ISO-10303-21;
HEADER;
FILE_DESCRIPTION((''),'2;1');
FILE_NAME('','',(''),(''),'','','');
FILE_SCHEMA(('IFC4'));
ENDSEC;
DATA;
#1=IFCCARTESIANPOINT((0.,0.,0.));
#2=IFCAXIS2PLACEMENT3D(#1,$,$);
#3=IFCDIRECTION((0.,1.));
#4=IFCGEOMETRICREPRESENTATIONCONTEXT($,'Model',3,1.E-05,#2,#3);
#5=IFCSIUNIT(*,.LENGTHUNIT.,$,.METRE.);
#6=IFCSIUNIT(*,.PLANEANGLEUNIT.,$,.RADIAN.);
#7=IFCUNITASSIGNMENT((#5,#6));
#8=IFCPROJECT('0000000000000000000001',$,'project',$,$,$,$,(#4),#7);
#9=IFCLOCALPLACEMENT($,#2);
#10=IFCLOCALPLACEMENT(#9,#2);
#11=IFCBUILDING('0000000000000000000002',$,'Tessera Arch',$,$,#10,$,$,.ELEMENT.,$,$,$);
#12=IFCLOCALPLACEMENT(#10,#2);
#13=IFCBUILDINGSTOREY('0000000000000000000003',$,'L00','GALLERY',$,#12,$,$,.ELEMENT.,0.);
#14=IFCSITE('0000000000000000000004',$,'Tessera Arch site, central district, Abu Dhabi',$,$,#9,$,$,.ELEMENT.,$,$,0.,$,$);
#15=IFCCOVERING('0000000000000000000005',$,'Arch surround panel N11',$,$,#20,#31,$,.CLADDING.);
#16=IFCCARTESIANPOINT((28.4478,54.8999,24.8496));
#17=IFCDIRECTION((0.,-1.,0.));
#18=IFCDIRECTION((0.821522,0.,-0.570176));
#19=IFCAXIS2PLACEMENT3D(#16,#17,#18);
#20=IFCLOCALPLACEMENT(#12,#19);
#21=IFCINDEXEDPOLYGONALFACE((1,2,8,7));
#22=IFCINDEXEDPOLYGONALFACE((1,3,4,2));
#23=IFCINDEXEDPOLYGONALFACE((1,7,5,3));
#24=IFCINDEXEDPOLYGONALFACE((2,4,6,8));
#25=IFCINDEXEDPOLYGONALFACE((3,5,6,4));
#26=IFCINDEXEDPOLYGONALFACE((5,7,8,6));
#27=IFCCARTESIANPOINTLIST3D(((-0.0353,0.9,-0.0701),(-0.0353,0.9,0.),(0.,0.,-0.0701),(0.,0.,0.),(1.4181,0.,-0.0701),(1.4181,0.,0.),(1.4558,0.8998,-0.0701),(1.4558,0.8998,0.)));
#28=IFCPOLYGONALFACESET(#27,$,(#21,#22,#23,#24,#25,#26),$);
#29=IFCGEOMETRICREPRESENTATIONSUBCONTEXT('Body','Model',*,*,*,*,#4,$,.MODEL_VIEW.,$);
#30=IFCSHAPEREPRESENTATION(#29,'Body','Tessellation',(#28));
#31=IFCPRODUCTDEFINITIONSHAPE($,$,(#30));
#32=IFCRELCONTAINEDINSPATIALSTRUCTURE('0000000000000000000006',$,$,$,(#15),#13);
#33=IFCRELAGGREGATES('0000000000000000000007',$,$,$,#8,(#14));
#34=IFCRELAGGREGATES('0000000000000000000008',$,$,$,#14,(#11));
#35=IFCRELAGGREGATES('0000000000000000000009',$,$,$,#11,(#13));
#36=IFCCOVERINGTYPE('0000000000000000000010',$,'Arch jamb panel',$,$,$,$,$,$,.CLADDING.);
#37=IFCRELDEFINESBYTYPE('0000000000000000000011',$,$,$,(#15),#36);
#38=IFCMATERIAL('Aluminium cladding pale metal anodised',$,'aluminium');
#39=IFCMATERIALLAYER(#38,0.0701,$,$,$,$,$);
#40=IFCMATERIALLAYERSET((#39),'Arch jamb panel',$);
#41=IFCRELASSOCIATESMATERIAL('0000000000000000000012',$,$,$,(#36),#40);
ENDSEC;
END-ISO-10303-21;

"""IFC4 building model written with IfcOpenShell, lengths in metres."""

from ifc_helpers import new_model, si_unit, direction, frame, origin, place, context, subcontext, project, spatial, polyline, outline, extrude, material, layer, layer_set, type_object, element, save


model = new_model("IFC4")

# Units and contexts
model_context = context("Model", 3, precision=1e-05, world=origin(), true_north=direction((0.0, 1.0)))
body_context = subcontext(model_context, "Body", "Model", "MODEL_VIEW")
ifc_project = project(units=[si_unit("LENGTHUNIT", "METRE"), si_unit("PLANEANGLEUNIT", "RADIAN")], contexts=[model_context])

# Site, building, storey
site_placement = place(None, origin())
site = spatial("IfcSite", under=ifc_project, at=site_placement, Name="Tessera Arch site, central district, Abu Dhabi", CompositionType="ELEMENT", RefElevation=0.0)
building_placement = place(site_placement, origin())
building = spatial("IfcBuilding", under=site, at=building_placement, Name="Tessera Arch", CompositionType="ELEMENT")
storey_placement = place(building_placement, origin())
storey = spatial("IfcBuildingStorey", under=building, at=storey_placement, Name="L00", Description="GALLERY", CompositionType="ELEMENT", Elevation=0.0)

# Covering
ifc_material_1 = material(Name="Aluminium cladding pale metal anodised", Category="aluminium")
ifc_layer = layer(ifc_material_1, 0.0701)
ifc_layer_set = layer_set([ifc_layer], Name="Arch jamb panel")
covering_type = type_object("IfcCoveringType", Name="Arch jamb panel", PredefinedType="CLADDING", material=ifc_layer_set)
covering_1_placement = place(storey_placement, frame((28.4478, 54.8999, 24.8496), z_axis=(0.0, -1.0, 0.0), x_axis=(0.821522, 0.0, -0.570176)))
element("IfcCovering", 1, at=covering_1_placement, inside=storey, type_object=covering_type, Name="Arch surround panel N11", PredefinedType="CLADDING", context=body_context, shape_type="SweptSolid", body=[
    extrude(outline(polyline([(0.0, 0.0), (1.4181, 0.0), (1.4558, 0.8998), (-0.0353, 0.9), (0.0, 0.0)])), origin(), (0.0, 0.0, -1.0), 0.0701),
])

save(model, "model.ifc")
